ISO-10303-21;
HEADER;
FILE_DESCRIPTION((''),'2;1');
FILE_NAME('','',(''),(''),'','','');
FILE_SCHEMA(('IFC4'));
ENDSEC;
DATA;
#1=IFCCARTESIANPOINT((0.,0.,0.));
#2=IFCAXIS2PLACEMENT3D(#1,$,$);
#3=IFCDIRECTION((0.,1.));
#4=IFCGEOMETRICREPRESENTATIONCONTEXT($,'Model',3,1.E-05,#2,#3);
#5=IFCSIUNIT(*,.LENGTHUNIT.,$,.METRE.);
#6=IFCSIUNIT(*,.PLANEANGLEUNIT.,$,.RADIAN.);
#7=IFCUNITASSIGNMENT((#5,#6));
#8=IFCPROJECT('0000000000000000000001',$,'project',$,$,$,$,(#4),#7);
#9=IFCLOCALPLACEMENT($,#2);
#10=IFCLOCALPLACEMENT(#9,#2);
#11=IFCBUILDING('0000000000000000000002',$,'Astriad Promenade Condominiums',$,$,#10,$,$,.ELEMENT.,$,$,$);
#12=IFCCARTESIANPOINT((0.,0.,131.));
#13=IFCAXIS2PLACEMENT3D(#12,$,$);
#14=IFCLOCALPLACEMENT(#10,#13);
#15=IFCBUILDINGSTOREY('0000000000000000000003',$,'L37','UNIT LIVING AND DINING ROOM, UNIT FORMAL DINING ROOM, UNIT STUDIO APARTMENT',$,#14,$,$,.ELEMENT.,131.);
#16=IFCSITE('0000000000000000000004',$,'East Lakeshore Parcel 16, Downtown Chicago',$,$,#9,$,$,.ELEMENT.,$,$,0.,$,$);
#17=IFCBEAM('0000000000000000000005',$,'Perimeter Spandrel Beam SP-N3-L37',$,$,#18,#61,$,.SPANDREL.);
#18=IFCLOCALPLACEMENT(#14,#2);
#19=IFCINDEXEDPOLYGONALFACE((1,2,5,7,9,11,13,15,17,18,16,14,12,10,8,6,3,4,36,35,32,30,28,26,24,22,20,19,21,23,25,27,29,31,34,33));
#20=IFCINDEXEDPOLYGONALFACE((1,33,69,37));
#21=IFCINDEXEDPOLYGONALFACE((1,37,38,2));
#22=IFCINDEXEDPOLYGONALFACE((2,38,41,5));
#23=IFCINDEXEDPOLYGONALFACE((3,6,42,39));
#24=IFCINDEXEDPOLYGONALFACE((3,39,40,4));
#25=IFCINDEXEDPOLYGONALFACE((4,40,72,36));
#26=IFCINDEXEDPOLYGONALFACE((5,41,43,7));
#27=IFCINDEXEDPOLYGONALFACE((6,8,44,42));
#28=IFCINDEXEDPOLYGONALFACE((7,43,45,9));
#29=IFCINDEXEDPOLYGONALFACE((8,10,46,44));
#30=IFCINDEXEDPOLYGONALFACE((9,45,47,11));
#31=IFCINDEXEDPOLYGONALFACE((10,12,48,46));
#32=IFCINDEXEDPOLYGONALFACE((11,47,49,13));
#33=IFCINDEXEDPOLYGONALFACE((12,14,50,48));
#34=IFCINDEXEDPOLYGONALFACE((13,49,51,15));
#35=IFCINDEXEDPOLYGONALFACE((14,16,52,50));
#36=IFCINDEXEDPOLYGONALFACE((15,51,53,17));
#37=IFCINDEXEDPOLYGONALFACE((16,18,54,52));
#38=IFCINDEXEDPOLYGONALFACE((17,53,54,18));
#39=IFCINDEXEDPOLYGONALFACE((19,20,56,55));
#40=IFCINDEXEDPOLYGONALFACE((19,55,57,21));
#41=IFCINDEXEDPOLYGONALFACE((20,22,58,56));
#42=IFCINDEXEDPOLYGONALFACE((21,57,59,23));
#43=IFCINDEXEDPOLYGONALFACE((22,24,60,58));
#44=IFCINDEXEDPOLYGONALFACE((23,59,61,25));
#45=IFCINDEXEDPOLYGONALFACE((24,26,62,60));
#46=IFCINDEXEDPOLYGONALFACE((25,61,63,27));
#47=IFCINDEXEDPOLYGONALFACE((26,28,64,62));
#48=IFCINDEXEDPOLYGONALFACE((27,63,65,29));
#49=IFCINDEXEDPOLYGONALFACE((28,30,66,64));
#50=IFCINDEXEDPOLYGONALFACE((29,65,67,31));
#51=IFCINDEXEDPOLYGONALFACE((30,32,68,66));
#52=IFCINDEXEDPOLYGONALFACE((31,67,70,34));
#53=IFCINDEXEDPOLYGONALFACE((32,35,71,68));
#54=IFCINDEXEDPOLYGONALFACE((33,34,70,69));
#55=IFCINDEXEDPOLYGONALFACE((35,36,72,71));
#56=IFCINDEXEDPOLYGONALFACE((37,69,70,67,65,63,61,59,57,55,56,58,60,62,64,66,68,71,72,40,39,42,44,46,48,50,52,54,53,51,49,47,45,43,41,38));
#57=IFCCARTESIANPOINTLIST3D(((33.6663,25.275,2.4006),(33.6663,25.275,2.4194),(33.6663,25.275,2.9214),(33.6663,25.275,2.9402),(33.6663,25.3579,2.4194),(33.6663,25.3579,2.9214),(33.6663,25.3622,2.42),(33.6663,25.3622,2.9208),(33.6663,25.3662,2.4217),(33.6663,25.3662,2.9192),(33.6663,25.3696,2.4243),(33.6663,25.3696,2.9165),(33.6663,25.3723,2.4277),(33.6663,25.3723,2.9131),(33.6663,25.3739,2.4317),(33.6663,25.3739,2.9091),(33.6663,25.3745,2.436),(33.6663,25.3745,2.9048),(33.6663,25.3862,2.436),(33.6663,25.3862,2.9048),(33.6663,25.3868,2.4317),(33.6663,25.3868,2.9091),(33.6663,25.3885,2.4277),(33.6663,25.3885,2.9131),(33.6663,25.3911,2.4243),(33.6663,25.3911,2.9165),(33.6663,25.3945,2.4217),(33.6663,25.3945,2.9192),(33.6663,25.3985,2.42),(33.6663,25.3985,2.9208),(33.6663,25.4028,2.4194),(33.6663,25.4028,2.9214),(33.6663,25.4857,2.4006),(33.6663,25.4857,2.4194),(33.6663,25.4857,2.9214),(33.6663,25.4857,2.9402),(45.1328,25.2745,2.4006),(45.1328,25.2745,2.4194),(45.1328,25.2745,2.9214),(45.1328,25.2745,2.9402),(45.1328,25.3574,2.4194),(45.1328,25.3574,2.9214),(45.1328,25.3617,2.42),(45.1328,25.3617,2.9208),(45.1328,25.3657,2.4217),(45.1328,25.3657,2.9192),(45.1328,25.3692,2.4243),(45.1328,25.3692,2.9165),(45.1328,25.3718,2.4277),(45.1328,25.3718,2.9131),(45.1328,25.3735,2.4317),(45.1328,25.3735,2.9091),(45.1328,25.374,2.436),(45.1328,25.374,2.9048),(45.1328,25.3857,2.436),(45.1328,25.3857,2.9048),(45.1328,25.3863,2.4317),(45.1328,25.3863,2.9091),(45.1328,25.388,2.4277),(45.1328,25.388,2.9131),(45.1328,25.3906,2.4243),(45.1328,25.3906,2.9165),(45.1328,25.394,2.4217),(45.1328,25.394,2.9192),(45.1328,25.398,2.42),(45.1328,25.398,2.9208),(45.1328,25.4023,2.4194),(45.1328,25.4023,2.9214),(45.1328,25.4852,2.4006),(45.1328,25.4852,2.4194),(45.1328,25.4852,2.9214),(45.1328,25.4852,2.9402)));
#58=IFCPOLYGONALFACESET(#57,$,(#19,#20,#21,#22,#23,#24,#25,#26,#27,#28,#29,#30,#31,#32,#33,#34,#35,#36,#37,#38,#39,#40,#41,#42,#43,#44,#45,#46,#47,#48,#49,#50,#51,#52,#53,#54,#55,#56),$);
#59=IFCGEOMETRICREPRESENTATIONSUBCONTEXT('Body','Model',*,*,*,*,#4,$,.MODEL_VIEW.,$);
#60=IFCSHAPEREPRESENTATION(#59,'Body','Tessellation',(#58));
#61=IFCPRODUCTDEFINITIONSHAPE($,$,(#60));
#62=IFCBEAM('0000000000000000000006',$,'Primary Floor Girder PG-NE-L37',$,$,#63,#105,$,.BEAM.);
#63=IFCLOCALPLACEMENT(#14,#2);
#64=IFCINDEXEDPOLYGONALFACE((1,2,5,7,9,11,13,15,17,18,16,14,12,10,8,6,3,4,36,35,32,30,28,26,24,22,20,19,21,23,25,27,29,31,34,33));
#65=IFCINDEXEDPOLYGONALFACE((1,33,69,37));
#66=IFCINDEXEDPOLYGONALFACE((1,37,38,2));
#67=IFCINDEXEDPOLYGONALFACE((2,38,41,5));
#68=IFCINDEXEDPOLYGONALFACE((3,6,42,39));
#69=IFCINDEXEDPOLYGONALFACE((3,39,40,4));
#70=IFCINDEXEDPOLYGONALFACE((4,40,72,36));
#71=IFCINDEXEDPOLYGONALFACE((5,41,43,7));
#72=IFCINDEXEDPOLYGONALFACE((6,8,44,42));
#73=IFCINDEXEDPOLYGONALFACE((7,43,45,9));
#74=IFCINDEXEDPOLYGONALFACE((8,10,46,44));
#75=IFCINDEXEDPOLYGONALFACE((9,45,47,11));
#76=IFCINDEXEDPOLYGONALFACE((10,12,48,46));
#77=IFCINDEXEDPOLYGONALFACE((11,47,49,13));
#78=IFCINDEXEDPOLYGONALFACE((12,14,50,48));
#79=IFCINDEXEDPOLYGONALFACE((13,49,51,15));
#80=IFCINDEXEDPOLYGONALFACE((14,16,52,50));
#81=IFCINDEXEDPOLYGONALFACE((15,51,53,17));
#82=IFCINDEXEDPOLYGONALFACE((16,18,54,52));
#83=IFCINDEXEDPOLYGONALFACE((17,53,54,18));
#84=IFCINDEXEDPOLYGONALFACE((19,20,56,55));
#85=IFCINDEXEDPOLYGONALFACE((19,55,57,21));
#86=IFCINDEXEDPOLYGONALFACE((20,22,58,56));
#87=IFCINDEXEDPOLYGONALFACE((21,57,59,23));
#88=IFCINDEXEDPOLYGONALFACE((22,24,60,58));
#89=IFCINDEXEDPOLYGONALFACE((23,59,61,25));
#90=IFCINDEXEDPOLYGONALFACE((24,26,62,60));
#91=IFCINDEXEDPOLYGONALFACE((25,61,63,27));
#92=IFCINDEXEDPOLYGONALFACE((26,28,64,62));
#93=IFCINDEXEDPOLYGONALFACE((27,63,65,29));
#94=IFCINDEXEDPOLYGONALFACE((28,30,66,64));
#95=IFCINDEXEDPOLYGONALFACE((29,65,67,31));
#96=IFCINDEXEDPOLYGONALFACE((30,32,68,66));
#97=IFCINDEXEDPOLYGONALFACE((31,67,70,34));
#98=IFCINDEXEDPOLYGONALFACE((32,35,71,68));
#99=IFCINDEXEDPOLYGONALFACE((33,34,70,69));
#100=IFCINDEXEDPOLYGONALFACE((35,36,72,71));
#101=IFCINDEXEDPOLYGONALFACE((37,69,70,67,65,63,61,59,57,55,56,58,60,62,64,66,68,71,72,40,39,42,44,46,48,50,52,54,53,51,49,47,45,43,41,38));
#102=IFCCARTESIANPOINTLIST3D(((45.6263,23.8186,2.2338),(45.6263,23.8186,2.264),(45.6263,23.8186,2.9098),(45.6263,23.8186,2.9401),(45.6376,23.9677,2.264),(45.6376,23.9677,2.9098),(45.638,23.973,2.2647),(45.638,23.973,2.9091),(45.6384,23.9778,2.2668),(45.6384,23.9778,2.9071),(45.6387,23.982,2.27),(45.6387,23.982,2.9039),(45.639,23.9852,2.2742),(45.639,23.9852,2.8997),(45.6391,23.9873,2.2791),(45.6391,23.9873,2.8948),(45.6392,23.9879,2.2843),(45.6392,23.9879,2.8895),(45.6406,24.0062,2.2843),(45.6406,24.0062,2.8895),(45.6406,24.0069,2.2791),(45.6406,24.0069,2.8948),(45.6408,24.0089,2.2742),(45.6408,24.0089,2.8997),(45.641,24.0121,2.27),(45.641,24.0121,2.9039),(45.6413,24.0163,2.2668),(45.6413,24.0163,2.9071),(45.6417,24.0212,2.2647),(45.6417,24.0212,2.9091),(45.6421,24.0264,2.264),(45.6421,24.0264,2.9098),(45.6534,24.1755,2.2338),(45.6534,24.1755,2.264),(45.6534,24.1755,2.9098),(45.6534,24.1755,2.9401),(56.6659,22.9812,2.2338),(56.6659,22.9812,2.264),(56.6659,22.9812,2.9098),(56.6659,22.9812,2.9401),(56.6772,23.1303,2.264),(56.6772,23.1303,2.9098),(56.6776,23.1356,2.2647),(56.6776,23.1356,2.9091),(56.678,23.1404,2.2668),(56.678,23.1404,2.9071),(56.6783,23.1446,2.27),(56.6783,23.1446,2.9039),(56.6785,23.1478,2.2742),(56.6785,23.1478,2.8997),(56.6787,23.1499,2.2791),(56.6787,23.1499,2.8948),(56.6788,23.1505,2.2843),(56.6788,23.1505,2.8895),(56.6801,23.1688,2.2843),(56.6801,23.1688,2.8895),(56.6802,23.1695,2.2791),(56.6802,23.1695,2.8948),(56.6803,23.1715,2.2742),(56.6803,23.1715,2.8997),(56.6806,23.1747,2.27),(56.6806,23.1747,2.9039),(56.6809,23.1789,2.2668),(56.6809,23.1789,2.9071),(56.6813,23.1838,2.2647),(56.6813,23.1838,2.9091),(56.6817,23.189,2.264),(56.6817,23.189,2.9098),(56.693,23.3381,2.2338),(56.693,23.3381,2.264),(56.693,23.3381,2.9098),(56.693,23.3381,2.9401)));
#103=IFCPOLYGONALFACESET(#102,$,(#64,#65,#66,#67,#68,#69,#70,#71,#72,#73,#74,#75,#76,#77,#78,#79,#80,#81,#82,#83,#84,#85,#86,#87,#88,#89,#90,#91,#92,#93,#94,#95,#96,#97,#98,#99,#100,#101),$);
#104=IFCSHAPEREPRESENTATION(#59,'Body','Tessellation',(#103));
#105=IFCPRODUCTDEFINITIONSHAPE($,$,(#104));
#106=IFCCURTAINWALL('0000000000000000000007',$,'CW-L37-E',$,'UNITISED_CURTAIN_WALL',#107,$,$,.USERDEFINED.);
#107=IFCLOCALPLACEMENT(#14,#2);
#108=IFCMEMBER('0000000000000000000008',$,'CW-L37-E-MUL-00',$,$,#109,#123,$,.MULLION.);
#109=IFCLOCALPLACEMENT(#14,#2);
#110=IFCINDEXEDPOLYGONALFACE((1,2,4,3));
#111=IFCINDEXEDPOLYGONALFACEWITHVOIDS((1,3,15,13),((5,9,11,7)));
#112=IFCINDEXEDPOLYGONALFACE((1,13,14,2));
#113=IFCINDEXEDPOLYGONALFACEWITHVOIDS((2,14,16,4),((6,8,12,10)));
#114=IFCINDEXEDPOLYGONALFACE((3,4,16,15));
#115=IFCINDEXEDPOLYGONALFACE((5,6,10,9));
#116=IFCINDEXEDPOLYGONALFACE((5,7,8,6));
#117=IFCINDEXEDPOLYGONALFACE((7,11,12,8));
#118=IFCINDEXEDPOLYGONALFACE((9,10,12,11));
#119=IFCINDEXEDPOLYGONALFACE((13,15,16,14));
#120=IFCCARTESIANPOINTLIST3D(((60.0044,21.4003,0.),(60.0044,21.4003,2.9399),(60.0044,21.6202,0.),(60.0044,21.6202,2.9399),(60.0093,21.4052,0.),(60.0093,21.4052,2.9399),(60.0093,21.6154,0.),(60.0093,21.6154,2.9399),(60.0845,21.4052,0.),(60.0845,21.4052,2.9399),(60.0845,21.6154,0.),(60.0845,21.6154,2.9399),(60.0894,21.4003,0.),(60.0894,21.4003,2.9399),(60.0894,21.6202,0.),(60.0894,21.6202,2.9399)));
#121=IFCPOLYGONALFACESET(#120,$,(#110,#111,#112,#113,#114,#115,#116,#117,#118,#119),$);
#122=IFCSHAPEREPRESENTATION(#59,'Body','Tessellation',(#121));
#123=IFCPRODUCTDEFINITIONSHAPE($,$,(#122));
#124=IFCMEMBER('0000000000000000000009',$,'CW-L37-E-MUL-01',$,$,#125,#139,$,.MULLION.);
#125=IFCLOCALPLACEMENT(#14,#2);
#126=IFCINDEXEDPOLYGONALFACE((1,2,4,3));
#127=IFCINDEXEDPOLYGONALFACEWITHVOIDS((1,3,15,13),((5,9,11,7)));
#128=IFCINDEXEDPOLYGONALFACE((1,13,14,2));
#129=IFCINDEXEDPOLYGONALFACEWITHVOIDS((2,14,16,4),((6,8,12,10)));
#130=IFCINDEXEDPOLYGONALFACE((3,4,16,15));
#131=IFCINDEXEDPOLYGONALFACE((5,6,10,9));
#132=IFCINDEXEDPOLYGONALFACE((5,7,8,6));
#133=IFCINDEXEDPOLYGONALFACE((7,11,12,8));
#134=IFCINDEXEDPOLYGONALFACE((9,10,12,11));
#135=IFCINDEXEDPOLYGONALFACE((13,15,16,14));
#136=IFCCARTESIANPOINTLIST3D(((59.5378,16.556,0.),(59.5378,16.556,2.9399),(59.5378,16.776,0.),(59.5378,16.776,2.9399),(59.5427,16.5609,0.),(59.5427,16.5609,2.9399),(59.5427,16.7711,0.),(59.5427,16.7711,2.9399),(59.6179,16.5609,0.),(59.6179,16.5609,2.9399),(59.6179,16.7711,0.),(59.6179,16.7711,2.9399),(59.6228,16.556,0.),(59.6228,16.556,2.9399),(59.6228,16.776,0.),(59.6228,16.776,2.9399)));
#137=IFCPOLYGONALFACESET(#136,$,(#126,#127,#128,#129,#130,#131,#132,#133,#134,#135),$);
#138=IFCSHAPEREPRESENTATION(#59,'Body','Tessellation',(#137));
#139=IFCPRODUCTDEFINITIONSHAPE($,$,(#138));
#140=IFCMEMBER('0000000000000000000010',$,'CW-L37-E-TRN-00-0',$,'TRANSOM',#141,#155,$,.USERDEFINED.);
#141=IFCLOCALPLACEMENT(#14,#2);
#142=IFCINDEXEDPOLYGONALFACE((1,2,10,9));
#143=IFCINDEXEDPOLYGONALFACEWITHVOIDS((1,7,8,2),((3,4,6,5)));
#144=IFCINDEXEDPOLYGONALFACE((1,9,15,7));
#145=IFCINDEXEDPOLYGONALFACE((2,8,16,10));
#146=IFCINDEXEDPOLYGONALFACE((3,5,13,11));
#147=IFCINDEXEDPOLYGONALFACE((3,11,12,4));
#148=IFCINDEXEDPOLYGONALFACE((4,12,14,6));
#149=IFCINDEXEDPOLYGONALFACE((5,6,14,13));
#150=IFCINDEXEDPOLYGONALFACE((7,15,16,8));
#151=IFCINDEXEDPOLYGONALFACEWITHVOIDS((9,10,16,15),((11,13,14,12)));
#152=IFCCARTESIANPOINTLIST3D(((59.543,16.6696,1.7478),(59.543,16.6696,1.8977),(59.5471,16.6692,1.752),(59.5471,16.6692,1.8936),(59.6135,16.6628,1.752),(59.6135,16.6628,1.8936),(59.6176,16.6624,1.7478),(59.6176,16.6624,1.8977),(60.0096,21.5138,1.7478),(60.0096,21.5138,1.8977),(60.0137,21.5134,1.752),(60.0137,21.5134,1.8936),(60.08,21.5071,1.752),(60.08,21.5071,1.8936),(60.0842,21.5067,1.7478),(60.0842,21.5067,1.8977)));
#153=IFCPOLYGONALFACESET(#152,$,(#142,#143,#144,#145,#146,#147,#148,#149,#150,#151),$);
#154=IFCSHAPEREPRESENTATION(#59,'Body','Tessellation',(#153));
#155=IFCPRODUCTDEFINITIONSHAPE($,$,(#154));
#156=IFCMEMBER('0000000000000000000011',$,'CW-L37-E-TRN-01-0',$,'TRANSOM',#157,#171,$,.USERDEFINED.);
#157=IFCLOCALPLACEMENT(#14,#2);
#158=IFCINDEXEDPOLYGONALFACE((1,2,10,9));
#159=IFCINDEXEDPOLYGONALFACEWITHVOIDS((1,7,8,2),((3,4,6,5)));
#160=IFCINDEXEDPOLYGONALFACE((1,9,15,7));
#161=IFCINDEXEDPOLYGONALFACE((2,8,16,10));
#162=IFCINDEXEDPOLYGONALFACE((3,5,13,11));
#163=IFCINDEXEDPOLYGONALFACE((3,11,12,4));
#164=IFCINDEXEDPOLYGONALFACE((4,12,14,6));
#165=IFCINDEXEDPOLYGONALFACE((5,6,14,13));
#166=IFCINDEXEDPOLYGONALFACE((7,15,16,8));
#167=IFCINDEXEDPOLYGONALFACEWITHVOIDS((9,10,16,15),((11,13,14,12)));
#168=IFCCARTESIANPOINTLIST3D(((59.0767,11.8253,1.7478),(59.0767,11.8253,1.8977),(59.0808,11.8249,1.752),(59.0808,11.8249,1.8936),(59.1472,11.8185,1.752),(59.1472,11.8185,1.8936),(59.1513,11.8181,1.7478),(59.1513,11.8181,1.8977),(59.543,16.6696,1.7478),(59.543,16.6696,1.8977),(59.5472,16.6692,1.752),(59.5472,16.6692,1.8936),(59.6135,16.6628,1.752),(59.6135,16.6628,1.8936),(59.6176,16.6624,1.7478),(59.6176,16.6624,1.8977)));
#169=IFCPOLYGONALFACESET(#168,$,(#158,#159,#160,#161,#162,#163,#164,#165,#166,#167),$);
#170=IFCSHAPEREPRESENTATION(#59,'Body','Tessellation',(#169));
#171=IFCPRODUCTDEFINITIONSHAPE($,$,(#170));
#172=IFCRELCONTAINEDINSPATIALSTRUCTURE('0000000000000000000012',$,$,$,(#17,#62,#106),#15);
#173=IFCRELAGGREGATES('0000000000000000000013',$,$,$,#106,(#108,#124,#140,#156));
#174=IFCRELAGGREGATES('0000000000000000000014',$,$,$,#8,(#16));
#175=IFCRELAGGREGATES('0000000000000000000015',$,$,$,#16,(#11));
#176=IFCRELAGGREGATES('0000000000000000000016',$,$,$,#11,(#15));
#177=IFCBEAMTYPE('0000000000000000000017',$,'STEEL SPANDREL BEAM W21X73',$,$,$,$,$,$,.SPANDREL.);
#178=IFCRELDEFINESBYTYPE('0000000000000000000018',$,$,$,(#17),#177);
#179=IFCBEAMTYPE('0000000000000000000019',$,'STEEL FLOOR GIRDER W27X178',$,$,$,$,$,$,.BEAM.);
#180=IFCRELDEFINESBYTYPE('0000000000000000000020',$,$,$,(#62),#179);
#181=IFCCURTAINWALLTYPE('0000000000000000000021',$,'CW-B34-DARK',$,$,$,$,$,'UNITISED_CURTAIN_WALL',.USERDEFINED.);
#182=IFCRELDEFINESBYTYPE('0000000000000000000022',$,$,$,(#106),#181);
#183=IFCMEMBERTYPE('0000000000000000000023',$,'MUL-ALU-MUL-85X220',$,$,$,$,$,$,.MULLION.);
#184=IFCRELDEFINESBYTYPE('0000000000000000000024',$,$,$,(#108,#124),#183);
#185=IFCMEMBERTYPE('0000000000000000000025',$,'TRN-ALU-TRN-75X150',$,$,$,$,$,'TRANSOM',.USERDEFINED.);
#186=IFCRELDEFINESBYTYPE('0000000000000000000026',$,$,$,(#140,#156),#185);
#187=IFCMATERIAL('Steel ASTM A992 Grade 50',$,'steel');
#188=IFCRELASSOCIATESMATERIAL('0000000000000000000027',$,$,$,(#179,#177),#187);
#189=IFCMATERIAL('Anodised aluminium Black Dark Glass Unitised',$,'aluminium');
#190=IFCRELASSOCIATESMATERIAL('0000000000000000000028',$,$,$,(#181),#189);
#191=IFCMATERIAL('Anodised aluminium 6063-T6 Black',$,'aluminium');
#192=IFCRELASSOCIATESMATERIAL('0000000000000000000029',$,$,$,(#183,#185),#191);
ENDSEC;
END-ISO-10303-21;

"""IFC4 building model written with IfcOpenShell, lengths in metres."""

from ifc_helpers import new_model, si_unit, direction, frame, origin, origin_2d, place, context, subcontext, project, spatial, hollow_rectangle, i_section, extrude, source, transform, mapped, material, material_profile, profile_set, type_object, type_shapes, element, aggregate, save


model = new_model("IFC4")

# Units and contexts
model_context = context("Model", 3, precision=1e-05, world=origin(), true_north=direction((0.0, 1.0)))
body_context = subcontext(model_context, "Body", "Model", "MODEL_VIEW")
ifc_project = project(units=[si_unit("LENGTHUNIT", "METRE"), si_unit("PLANEANGLEUNIT", "RADIAN")], contexts=[model_context])

# Site, building, storey
site_placement = place(None, origin())
site = spatial("IfcSite", under=ifc_project, at=site_placement, Name="East Lakeshore Parcel 16, Downtown Chicago", CompositionType="ELEMENT", RefElevation=0.0)
building_placement = place(site_placement, origin())
building = spatial("IfcBuilding", under=site, at=building_placement, Name="Astriad Promenade Condominiums", CompositionType="ELEMENT")
storey_placement = place(building_placement, frame((0.0, 0.0, 131.0)))
storey = spatial("IfcBuildingStorey", under=building, at=storey_placement, Name="L37", Description="UNIT LIVING AND DINING ROOM, UNIT FORMAL DINING ROOM, UNIT STUDIO APARTMENT", CompositionType="ELEMENT", Elevation=131.0)

# Shared definitions
ifc_material_1 = material(Name="Steel ASTM A992 Grade 50", Category="steel")

# Beams
ifc_material_profile_1 = material_profile(ifc_material_1, i_section(OverallWidth=0.3579, OverallDepth=0.7063, WebThickness=0.0183, FlangeThickness=0.0303, FilletRadius=0.0203, at=origin_2d()), Name="W27X178")
ifc_profile_set_1 = profile_set([ifc_material_profile_1], Name="Steel ASTM A992 Grade 50")
beam_type_1 = type_object("IfcBeamType", Name="STEEL FLOOR GIRDER W27X178", PredefinedType="BEAM", material=ifc_profile_set_1)
ifc_material_profile_2 = material_profile(ifc_material_1, i_section(OverallWidth=0.2107, OverallDepth=0.5396, WebThickness=0.0117, FlangeThickness=0.0188, FilletRadius=0.0166, at=origin_2d()), Name="W21X73")
ifc_profile_set_2 = profile_set([ifc_material_profile_2], Name="Steel ASTM A992 Grade 50")
beam_type_2 = type_object("IfcBeamType", Name="STEEL SPANDREL BEAM W21X73", PredefinedType="SPANDREL", material=ifc_profile_set_2)
shared_shape_1 = source(origin(), body_context, "Body", "SweptSolid", [
    extrude(i_section(OverallWidth=0.2107, OverallDepth=0.5396, WebThickness=0.0117, FlangeThickness=0.0188, FilletRadius=0.0166, at=origin_2d()), origin(), (0.0, 0.0, 1.0), 11.4666),
])
type_shapes(beam_type_2, [shared_shape_1])
beam_1_placement = place(storey_placement, frame((45.1328, 25.3799, 2.6704), z_axis=(-1.0, 0.000043, 0.0), x_axis=(-0.000043, -1.0, 0.0)))
element("IfcBeam", 1, at=beam_1_placement, inside=storey, type_object=beam_type_2, Name="Perimeter Spandrel Beam SP-N3-L37", PredefinedType="SPANDREL", context=body_context, shape_type="MappedRepresentation", body=[
    mapped(shared_shape_1, transform((0.0, 0.0, 0.0), scale=1.0)),
])
shared_shape_2 = source(origin(), body_context, "Body", "SweptSolid", [
    extrude(i_section(OverallWidth=0.3579, OverallDepth=0.7063, WebThickness=0.0183, FlangeThickness=0.0303, FilletRadius=0.0203, at=origin_2d()), origin(), (0.0, 0.0, 1.0), 11.0713),
])
beam_2_placement = place(storey_placement, frame((56.6794, 23.1597, 2.5869), z_axis=(-0.997135, 0.075637, 0.0), x_axis=(-0.075637, -0.997135, 0.0)))
element("IfcBeam", 2, at=beam_2_placement, inside=storey, type_object=beam_type_1, Name="Primary Floor Girder PG-NE-L37", PredefinedType="BEAM", context=body_context, shape_type="MappedRepresentation", body=[
    mapped(shared_shape_2, transform((0.0, 0.0, 0.0), scale=1.0)),
])

# Curtain wall, members
ifc_material_2 = material(Name="Anodised aluminium Black Dark Glass Unitised", Category="aluminium")
curtain_wall_type = type_object("IfcCurtainWallType", Name="CW-B34-DARK", ElementType="UNITISED_CURTAIN_WALL", PredefinedType="USERDEFINED", material=ifc_material_2)
curtain_wall_placement = place(storey_placement, origin())
curtain_wall = element("IfcCurtainWall", 3, at=curtain_wall_placement, inside=storey, type_object=curtain_wall_type, Name="CW-L37-E", ObjectType="UNITISED_CURTAIN_WALL", PredefinedType="USERDEFINED")
ifc_material_3 = material(Name="Anodised aluminium 6063-T6 Black", Category="aluminium")
ifc_material_profile_3 = material_profile(ifc_material_3, hollow_rectangle(XDim=0.085, YDim=0.22, WallThickness=0.0049, at=origin_2d()), Name="ALU-MUL-85X220")
ifc_profile_set_3 = profile_set([ifc_material_profile_3], Name="Anodised aluminium 6063-T6 Black")
member_type_1 = type_object("IfcMemberType", Name="MUL-ALU-MUL-85X220", PredefinedType="MULLION", material=ifc_profile_set_3)
shared_shape_3 = source(origin(), body_context, "Body", "SweptSolid", [
    extrude(hollow_rectangle(XDim=0.085, YDim=0.22, WallThickness=0.0049, at=origin_2d()), origin(), (0.0, 0.0, 1.0), 2.9399),
])
type_shapes(member_type_1, [shared_shape_3])
member_1_placement = place(storey_placement, frame((60.0469, 21.5103, 0.0), z_axis=(0.0, 0.0, 1.0), x_axis=(1.0, 0.0, 0.0)))
member_1 = element("IfcMember", 4, at=member_1_placement, type_object=member_type_1, Name="CW-L37-E-MUL-00", PredefinedType="MULLION", context=body_context, shape_type="MappedRepresentation", body=[
    mapped(shared_shape_3, transform((0.0, 0.0, 0.0), scale=1.0)),
])
member_2_placement = place(storey_placement, frame((59.5803, 16.666, 0.0), z_axis=(0.0, 0.0, 1.0), x_axis=(1.0, 0.0, 0.0)))
member_2 = element("IfcMember", 5, at=member_2_placement, type_object=member_type_1, Name="CW-L37-E-MUL-01", PredefinedType="MULLION", context=body_context, shape_type="MappedRepresentation", body=[
    mapped(shared_shape_3, transform((0.0, 0.0, 0.0), scale=1.0)),
])
ifc_material_profile_4 = material_profile(ifc_material_3, hollow_rectangle(XDim=0.075, YDim=0.1499, WallThickness=0.0042, at=origin_2d()), Name="ALU-TRN-75X150")
ifc_profile_set_4 = profile_set([ifc_material_profile_4], Name="Anodised aluminium 6063-T6 Black")
member_type_2 = type_object("IfcMemberType", Name="TRN-ALU-TRN-75X150", ElementType="TRANSOM", PredefinedType="USERDEFINED", material=ifc_profile_set_4)
shared_shape_4 = source(origin(), body_context, "Body", "SweptSolid", [
    extrude(hollow_rectangle(XDim=0.075, YDim=0.1499, WallThickness=0.0042, at=origin_2d()), origin(), (0.0, 0.0, 1.0), 4.8667),
])
type_shapes(member_type_2, [shared_shape_4])
member_3_placement = place(storey_placement, frame((60.0469, 21.5103, 1.8228), z_axis=(-0.095867, -0.995394, 0.0), x_axis=(0.995394, -0.095867, 0.0)))
member_3 = element("IfcMember", 6, at=member_3_placement, type_object=member_type_2, Name="CW-L37-E-TRN-00-0", ObjectType="TRANSOM", PredefinedType="USERDEFINED", context=body_context, shape_type="MappedRepresentation", body=[
    mapped(shared_shape_4, transform((0.0, 0.0, 0.0), scale=1.0)),
])
member_4_placement = place(storey_placement, frame((59.5803, 16.666, 1.8228), z_axis=(-0.095818, -0.995399, 0.0), x_axis=(0.995399, -0.095818, 0.0)))
member_4 = element("IfcMember", 7, at=member_4_placement, type_object=member_type_2, Name="CW-L37-E-TRN-01-0", ObjectType="TRANSOM", PredefinedType="USERDEFINED", context=body_context, shape_type="MappedRepresentation", body=[
    mapped(shared_shape_4, transform((0.0, 0.0, 0.0), scale=1.0)),
])
aggregate(curtain_wall, [member_1, member_2, member_3, member_4])

save(model, "model.ifc")
